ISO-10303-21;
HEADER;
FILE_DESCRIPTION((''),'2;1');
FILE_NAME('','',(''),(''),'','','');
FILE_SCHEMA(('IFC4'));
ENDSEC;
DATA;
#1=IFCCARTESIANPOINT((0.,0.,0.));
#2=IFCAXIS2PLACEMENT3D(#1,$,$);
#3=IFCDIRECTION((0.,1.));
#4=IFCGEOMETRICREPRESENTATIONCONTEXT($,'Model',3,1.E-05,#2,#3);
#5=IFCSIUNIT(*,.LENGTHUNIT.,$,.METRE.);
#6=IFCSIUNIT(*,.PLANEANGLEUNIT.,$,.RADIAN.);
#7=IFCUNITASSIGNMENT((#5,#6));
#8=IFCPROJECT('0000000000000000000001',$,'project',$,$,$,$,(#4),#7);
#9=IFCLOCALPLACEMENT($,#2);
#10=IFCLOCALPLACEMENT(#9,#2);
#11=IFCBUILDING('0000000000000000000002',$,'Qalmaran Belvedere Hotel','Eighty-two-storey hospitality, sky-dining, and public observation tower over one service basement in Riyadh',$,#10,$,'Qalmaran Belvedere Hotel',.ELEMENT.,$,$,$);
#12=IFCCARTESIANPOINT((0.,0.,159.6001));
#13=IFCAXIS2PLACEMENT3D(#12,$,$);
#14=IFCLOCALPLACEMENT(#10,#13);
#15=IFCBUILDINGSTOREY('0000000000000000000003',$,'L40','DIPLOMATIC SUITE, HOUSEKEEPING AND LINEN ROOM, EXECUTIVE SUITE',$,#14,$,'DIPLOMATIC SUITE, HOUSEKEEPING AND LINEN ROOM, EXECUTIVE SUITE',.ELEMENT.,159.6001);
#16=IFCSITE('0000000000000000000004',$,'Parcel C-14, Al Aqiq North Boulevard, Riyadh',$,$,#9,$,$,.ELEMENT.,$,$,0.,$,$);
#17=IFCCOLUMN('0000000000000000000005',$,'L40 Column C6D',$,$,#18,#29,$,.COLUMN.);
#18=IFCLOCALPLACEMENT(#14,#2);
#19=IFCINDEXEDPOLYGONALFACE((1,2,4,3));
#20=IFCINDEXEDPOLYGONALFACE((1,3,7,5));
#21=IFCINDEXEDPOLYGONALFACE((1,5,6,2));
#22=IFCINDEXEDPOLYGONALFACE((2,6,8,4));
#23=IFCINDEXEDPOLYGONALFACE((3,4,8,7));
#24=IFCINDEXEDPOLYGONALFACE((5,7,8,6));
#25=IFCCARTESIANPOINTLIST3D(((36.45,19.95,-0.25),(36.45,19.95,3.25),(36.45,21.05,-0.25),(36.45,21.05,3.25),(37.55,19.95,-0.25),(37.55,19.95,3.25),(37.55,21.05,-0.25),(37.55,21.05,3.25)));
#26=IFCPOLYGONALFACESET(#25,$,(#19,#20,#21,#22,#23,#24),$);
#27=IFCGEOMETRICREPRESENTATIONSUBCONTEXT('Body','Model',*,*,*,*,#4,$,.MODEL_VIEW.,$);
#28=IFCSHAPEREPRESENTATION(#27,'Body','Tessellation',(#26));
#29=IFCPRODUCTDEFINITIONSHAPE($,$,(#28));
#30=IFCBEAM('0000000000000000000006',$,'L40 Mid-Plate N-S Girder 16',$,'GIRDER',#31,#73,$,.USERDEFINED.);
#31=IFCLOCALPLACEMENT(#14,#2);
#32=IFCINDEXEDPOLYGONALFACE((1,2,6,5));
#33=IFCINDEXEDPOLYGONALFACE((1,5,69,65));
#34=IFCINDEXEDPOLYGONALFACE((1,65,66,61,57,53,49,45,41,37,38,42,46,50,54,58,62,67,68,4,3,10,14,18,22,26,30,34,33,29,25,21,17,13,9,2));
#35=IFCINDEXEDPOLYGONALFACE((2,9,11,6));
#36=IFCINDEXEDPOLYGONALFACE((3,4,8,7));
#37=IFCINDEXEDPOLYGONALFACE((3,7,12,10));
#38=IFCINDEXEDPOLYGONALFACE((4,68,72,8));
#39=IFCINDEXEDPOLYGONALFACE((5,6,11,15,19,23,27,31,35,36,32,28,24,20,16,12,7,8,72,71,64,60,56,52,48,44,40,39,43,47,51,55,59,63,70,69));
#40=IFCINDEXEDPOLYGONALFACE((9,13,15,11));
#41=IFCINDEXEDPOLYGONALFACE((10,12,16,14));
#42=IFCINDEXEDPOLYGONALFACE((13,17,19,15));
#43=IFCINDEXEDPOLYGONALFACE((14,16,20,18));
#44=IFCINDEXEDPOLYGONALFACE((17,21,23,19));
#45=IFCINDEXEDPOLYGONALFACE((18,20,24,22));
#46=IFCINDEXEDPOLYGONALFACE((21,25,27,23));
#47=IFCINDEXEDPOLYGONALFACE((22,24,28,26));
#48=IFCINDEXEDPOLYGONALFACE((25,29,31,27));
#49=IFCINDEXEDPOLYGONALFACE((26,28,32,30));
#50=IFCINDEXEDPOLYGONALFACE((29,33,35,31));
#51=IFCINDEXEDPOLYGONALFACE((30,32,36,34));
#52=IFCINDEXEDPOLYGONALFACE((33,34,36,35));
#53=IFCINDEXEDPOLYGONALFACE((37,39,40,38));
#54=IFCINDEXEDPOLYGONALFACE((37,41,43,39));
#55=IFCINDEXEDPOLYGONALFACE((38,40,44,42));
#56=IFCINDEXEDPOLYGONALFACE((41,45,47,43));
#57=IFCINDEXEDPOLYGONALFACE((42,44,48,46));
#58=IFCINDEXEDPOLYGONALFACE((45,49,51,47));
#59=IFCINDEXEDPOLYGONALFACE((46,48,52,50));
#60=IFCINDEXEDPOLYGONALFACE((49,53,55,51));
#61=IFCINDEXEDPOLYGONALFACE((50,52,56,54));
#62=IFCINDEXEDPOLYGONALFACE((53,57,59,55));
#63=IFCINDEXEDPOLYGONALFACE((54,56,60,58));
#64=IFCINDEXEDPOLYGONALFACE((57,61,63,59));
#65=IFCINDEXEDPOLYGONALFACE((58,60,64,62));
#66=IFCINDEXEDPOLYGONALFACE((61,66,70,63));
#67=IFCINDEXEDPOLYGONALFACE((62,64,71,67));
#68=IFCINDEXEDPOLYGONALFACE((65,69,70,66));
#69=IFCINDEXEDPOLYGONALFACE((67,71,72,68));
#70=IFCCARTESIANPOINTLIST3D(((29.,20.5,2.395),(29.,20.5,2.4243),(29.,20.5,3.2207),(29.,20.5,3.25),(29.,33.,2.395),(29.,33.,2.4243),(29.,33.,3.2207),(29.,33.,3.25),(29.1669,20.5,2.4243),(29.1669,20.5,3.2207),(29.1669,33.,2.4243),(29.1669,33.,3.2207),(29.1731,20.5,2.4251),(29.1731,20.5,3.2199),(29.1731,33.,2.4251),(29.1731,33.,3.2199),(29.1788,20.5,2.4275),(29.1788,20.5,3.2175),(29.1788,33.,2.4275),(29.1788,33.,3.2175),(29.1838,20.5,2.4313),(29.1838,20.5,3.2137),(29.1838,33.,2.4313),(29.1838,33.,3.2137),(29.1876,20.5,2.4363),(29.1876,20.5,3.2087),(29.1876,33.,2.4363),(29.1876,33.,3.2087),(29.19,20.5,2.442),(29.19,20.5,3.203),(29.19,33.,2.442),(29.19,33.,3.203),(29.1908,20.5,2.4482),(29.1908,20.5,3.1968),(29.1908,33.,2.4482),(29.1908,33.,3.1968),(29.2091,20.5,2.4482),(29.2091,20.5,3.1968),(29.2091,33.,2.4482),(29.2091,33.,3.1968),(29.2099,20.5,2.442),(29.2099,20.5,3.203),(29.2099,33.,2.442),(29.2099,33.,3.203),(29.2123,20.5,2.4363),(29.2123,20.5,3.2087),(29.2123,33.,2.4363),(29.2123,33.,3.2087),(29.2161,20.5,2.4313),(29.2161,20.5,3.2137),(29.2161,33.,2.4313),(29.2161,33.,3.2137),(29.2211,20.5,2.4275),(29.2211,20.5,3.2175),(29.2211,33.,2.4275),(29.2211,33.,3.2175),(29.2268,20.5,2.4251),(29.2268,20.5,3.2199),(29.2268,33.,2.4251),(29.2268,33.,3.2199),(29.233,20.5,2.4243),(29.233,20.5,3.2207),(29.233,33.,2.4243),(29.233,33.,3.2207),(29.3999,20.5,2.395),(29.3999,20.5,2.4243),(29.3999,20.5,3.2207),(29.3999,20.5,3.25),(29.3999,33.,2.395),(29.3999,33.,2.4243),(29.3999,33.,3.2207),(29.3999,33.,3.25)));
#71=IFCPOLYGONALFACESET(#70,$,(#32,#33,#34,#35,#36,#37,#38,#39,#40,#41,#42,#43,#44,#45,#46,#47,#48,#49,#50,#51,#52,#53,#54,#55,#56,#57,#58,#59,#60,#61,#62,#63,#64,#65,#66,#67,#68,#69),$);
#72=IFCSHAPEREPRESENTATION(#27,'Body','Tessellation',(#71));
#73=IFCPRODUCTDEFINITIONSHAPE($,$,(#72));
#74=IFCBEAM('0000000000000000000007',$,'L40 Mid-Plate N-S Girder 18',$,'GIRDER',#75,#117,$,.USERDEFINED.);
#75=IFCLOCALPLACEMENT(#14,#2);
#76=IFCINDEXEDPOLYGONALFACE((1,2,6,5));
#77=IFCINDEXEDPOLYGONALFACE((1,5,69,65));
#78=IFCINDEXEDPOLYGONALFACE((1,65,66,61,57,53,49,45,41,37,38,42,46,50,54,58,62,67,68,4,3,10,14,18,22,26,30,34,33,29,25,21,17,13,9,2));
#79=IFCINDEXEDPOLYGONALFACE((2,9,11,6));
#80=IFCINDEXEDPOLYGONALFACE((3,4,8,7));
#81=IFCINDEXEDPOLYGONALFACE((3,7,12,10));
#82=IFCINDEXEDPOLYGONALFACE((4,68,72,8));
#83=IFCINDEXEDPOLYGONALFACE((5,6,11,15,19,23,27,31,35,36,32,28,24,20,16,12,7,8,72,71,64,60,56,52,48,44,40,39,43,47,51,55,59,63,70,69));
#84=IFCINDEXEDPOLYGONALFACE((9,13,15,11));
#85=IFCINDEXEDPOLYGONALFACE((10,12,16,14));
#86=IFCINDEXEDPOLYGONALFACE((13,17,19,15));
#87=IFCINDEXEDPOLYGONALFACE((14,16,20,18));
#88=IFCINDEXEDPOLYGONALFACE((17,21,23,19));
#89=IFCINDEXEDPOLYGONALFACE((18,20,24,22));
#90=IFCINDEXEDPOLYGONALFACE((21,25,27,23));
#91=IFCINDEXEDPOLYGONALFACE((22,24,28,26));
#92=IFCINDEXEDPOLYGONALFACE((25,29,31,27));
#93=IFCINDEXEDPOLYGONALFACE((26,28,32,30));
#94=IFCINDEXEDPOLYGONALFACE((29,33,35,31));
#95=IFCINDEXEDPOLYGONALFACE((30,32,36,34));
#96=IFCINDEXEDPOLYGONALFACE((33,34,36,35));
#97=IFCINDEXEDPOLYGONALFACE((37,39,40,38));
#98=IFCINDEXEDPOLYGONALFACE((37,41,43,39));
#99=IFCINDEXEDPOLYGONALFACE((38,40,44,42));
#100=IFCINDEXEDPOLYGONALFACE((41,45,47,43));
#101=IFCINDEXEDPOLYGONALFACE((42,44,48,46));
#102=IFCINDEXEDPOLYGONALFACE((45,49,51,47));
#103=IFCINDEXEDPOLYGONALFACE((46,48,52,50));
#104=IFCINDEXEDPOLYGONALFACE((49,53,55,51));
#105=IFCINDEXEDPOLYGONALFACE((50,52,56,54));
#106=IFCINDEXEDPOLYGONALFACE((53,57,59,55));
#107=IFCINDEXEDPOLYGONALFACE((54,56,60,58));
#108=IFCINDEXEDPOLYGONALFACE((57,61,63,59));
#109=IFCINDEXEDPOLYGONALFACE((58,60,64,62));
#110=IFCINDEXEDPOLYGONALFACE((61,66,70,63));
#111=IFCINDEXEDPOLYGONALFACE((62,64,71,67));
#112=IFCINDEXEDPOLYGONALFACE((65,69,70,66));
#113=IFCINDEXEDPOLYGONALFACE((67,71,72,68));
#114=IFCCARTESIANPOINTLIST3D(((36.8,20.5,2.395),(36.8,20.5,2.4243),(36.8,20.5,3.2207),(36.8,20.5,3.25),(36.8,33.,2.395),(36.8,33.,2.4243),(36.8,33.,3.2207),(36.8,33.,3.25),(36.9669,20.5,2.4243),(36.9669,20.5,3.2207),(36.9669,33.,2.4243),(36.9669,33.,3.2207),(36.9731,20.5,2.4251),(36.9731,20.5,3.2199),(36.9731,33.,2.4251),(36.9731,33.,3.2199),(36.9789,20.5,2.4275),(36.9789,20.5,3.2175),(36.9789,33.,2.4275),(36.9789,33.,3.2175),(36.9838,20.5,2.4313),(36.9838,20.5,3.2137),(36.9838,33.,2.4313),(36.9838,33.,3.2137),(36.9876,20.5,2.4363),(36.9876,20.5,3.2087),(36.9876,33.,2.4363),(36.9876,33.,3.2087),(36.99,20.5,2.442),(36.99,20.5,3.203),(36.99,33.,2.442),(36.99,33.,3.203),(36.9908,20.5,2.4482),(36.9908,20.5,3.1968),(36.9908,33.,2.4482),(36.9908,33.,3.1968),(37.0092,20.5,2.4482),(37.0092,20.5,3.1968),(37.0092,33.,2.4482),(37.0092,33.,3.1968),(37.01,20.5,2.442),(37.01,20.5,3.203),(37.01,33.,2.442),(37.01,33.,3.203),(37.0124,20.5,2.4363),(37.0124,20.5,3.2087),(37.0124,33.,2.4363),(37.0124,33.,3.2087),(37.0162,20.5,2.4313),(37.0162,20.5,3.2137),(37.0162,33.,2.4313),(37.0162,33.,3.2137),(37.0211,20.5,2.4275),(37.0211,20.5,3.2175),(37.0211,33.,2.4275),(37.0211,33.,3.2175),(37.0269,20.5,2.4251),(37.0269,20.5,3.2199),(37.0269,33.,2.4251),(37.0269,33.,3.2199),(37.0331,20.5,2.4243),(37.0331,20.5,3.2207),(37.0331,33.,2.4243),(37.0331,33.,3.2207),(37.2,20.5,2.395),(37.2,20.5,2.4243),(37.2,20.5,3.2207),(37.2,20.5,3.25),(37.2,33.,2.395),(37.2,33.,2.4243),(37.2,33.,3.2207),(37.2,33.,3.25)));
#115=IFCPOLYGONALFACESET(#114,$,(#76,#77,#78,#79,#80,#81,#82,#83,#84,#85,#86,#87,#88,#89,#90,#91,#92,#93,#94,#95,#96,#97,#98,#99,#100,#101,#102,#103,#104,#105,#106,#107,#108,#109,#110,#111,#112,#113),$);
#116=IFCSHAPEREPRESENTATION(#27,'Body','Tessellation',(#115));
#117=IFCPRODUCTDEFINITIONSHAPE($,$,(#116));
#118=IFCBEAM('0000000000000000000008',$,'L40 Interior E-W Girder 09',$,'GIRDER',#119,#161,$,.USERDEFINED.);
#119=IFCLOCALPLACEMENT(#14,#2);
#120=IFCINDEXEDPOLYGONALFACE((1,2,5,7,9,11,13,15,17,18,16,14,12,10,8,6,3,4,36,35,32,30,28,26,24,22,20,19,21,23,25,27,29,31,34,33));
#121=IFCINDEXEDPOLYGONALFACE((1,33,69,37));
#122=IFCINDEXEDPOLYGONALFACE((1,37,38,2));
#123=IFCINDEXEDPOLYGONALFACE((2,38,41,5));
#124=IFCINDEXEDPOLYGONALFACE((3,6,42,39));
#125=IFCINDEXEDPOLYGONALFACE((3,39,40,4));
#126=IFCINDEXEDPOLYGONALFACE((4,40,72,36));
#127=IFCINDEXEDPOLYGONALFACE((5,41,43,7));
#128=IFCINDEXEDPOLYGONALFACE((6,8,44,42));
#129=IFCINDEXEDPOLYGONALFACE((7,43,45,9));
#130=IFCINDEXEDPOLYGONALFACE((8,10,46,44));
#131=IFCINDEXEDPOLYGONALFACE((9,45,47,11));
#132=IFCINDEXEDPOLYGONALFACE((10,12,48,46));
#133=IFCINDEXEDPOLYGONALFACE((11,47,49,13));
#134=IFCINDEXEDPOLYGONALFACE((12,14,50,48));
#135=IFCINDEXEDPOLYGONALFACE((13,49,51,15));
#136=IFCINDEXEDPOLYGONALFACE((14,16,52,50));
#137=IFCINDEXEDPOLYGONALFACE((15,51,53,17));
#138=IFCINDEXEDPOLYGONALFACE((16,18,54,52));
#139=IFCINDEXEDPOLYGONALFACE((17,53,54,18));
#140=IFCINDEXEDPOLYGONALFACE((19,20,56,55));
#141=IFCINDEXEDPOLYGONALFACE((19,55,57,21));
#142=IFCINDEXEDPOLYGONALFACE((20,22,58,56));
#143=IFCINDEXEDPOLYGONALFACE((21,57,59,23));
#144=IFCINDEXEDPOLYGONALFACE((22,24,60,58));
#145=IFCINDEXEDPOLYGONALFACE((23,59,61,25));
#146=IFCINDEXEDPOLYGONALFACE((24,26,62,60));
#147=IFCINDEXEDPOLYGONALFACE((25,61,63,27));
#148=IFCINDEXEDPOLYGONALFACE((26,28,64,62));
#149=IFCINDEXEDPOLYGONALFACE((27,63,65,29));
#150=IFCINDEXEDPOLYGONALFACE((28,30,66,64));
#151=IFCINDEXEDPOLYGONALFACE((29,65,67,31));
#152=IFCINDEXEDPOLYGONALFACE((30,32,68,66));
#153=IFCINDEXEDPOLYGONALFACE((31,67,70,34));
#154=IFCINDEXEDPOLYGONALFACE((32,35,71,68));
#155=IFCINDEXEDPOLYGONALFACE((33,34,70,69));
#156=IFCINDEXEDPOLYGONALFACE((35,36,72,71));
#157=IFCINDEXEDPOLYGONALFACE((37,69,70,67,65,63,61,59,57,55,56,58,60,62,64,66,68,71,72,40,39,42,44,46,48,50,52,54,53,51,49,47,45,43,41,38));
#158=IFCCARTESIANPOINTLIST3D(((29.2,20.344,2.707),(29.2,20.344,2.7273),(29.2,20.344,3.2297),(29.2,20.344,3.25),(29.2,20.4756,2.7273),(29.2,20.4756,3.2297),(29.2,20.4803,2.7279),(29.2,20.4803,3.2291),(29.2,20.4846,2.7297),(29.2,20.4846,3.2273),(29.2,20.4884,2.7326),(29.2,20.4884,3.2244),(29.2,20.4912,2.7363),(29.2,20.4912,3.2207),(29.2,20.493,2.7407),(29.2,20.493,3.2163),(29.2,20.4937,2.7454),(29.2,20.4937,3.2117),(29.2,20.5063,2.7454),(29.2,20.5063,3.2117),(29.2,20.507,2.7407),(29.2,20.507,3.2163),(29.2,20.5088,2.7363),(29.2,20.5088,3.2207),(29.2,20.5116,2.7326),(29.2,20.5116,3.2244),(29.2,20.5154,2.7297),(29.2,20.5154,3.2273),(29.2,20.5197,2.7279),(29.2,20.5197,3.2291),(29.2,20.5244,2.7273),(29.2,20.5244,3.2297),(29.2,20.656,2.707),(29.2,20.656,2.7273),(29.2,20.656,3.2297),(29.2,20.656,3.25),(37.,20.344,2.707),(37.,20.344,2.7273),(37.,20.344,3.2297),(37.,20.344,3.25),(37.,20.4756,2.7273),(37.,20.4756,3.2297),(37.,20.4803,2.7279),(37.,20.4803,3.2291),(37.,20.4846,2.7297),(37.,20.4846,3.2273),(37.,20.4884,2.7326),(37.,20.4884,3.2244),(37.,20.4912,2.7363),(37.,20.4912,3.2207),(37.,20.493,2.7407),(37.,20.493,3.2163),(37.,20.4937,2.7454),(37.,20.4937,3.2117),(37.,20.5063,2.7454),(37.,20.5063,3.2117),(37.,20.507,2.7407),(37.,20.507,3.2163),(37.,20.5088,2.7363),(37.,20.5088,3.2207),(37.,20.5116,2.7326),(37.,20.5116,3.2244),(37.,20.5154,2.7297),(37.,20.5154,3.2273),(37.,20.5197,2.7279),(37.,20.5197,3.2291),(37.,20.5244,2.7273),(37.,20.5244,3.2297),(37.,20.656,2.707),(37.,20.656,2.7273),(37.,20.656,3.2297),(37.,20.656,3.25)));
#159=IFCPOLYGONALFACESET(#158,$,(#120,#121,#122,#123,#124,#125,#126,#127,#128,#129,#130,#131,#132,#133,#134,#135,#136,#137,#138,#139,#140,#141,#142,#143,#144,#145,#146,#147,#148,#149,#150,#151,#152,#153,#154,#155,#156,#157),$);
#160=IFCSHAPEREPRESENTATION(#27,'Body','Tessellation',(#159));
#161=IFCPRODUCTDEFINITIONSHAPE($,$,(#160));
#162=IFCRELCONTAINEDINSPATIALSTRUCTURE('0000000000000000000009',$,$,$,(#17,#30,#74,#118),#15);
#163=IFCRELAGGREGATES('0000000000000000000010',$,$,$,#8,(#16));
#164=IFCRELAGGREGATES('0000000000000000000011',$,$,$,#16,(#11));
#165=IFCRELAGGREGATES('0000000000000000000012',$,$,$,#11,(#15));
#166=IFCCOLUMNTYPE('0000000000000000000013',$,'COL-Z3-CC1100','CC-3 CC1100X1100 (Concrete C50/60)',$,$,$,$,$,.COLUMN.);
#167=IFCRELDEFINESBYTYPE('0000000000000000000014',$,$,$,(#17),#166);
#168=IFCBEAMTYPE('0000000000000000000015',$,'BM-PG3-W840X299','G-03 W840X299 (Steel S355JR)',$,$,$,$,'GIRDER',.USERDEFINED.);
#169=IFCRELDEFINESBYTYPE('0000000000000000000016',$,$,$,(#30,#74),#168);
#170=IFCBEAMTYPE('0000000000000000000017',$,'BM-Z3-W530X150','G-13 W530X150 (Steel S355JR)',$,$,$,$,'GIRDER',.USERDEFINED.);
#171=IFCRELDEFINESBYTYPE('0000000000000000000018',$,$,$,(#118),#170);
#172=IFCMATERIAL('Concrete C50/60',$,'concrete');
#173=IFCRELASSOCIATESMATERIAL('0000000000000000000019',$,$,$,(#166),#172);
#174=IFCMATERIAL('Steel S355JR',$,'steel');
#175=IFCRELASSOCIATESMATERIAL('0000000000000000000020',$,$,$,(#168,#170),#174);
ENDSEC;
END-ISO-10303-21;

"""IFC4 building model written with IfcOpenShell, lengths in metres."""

from ifc_helpers import new_model, si_unit, direction, frame, origin, origin_2d, place, context, subcontext, project, spatial, rectangle, i_section, extrude, material, material_profile, profile_set, type_object, element, save


model = new_model("IFC4")

# Units and contexts
model_context = context("Model", 3, precision=1e-05, world=origin(), true_north=direction((0.0, 1.0)))
body_context = subcontext(model_context, "Body", "Model", "MODEL_VIEW")
ifc_project = project(units=[si_unit("LENGTHUNIT", "METRE"), si_unit("PLANEANGLEUNIT", "RADIAN")], contexts=[model_context])

# Site, building, storey
site_placement = place(None, origin())
site = spatial("IfcSite", under=ifc_project, at=site_placement, Name="Parcel C-14, Al Aqiq North Boulevard, Riyadh", CompositionType="ELEMENT", RefElevation=0.0)
building_placement = place(site_placement, origin())
building = spatial("IfcBuilding", under=site, at=building_placement, Name="Qalmaran Belvedere Hotel", Description="Eighty-two-storey hospitality, sky-dining, and public observation tower over one service basement in Riyadh", LongName="Qalmaran Belvedere Hotel", CompositionType="ELEMENT")
storey_placement = place(building_placement, frame((0.0, 0.0, 159.6001)))
storey = spatial("IfcBuildingStorey", under=building, at=storey_placement, Name="L40", Description="DIPLOMATIC SUITE, HOUSEKEEPING AND LINEN ROOM, EXECUTIVE SUITE", LongName="DIPLOMATIC SUITE, HOUSEKEEPING AND LINEN ROOM, EXECUTIVE SUITE", CompositionType="ELEMENT", Elevation=159.6001)

# Column
ifc_material_1 = material(Name="Concrete C50/60", Category="concrete")
ifc_material_profile_1 = material_profile(ifc_material_1, rectangle(XDim=1.1001, YDim=1.1001, at=origin_2d()), Name="CC1100X1100")
ifc_profile_set_1 = profile_set([ifc_material_profile_1], Name="Concrete C50/60")
column_type = type_object("IfcColumnType", Name="COL-Z3-CC1100", Description="CC-3 CC1100X1100 (Concrete C50/60)", PredefinedType="COLUMN", material=ifc_profile_set_1)
column_placement = place(storey_placement, frame((37.0, 20.5, -0.25), z_axis=(0.0, 0.0, 1.0), x_axis=(1.0, 0.0, 0.0)))
element("IfcColumn", 1, at=column_placement, inside=storey, type_object=column_type, Name="L40 Column C6D", PredefinedType="COLUMN", context=body_context, shape_type="SweptSolid", body=[
    extrude(rectangle(XDim=1.1001, YDim=1.1001, at=origin_2d()), origin(), (0.0, 0.0, 1.0), 3.5),
])

# Beams
ifc_material_2 = material(Name="Steel S355JR", Category="steel")
ifc_material_profile_2 = material_profile(ifc_material_2, i_section(OverallWidth=0.3999, OverallDepth=0.855, WebThickness=0.0183, FlangeThickness=0.0293, FilletRadius=0.0239, at=origin_2d()), Name="W840X299")
ifc_profile_set_2 = profile_set([ifc_material_profile_2], Name="Steel S355JR")
beam_type_1 = type_object("IfcBeamType", Name="BM-PG3-W840X299", Description="G-03 W840X299 (Steel S355JR)", ElementType="GIRDER", PredefinedType="USERDEFINED", material=ifc_profile_set_2)
for number, where, z_axis, x_axis, name in (
    (2, (29.2, 20.5, 2.8225), (0.0, 1.0, 0.0), (-1.0, 0.0, 0.0), "L40 Mid-Plate N-S Girder 16"),
    (3, (37.0, 20.5, 2.8225), (0.0, 1.0, 0.0), (-1.0, 0.0, 0.0), "L40 Mid-Plate N-S Girder 18"),
):
    element("IfcBeam", number, at=place(storey_placement, frame(where, z_axis=z_axis, x_axis=x_axis)), inside=storey, type_object=beam_type_1, Name=name, ObjectType="GIRDER", PredefinedType="USERDEFINED", context=body_context, shape_type="SweptSolid", body=[
        extrude(i_section(OverallWidth=0.3999, OverallDepth=0.855, WebThickness=0.0183, FlangeThickness=0.0293, FilletRadius=0.0239, at=origin_2d()), origin(), (0.0, 0.0, 1.0), 12.5),
    ])
ifc_material_profile_3 = material_profile(ifc_material_2, i_section(OverallWidth=0.312, OverallDepth=0.543, WebThickness=0.0127, FlangeThickness=0.0203, FilletRadius=0.0181, at=origin_2d()), Name="W530X150")
ifc_profile_set_3 = profile_set([ifc_material_profile_3], Name="Steel S355JR")
beam_type_2 = type_object("IfcBeamType", Name="BM-Z3-W530X150", Description="G-13 W530X150 (Steel S355JR)", ElementType="GIRDER", PredefinedType="USERDEFINED", material=ifc_profile_set_3)
for number, where, z_axis, x_axis, name in (
    (4, (29.2, 20.5, 2.9785), (1.0, 0.0, 0.0), (0.0, 1.0, 0.0), "L40 Interior E-W Girder 09"),
):
    element("IfcBeam", number, at=place(storey_placement, frame(where, z_axis=z_axis, x_axis=x_axis)), inside=storey, type_object=beam_type_2, Name=name, ObjectType="GIRDER", PredefinedType="USERDEFINED", context=body_context, shape_type="SweptSolid", body=[
        extrude(i_section(OverallWidth=0.312, OverallDepth=0.543, WebThickness=0.0127, FlangeThickness=0.0203, FilletRadius=0.0181, at=origin_2d()), origin(), (0.0, 0.0, 1.0), 7.8),
    ])

save(model, "model.ifc")
